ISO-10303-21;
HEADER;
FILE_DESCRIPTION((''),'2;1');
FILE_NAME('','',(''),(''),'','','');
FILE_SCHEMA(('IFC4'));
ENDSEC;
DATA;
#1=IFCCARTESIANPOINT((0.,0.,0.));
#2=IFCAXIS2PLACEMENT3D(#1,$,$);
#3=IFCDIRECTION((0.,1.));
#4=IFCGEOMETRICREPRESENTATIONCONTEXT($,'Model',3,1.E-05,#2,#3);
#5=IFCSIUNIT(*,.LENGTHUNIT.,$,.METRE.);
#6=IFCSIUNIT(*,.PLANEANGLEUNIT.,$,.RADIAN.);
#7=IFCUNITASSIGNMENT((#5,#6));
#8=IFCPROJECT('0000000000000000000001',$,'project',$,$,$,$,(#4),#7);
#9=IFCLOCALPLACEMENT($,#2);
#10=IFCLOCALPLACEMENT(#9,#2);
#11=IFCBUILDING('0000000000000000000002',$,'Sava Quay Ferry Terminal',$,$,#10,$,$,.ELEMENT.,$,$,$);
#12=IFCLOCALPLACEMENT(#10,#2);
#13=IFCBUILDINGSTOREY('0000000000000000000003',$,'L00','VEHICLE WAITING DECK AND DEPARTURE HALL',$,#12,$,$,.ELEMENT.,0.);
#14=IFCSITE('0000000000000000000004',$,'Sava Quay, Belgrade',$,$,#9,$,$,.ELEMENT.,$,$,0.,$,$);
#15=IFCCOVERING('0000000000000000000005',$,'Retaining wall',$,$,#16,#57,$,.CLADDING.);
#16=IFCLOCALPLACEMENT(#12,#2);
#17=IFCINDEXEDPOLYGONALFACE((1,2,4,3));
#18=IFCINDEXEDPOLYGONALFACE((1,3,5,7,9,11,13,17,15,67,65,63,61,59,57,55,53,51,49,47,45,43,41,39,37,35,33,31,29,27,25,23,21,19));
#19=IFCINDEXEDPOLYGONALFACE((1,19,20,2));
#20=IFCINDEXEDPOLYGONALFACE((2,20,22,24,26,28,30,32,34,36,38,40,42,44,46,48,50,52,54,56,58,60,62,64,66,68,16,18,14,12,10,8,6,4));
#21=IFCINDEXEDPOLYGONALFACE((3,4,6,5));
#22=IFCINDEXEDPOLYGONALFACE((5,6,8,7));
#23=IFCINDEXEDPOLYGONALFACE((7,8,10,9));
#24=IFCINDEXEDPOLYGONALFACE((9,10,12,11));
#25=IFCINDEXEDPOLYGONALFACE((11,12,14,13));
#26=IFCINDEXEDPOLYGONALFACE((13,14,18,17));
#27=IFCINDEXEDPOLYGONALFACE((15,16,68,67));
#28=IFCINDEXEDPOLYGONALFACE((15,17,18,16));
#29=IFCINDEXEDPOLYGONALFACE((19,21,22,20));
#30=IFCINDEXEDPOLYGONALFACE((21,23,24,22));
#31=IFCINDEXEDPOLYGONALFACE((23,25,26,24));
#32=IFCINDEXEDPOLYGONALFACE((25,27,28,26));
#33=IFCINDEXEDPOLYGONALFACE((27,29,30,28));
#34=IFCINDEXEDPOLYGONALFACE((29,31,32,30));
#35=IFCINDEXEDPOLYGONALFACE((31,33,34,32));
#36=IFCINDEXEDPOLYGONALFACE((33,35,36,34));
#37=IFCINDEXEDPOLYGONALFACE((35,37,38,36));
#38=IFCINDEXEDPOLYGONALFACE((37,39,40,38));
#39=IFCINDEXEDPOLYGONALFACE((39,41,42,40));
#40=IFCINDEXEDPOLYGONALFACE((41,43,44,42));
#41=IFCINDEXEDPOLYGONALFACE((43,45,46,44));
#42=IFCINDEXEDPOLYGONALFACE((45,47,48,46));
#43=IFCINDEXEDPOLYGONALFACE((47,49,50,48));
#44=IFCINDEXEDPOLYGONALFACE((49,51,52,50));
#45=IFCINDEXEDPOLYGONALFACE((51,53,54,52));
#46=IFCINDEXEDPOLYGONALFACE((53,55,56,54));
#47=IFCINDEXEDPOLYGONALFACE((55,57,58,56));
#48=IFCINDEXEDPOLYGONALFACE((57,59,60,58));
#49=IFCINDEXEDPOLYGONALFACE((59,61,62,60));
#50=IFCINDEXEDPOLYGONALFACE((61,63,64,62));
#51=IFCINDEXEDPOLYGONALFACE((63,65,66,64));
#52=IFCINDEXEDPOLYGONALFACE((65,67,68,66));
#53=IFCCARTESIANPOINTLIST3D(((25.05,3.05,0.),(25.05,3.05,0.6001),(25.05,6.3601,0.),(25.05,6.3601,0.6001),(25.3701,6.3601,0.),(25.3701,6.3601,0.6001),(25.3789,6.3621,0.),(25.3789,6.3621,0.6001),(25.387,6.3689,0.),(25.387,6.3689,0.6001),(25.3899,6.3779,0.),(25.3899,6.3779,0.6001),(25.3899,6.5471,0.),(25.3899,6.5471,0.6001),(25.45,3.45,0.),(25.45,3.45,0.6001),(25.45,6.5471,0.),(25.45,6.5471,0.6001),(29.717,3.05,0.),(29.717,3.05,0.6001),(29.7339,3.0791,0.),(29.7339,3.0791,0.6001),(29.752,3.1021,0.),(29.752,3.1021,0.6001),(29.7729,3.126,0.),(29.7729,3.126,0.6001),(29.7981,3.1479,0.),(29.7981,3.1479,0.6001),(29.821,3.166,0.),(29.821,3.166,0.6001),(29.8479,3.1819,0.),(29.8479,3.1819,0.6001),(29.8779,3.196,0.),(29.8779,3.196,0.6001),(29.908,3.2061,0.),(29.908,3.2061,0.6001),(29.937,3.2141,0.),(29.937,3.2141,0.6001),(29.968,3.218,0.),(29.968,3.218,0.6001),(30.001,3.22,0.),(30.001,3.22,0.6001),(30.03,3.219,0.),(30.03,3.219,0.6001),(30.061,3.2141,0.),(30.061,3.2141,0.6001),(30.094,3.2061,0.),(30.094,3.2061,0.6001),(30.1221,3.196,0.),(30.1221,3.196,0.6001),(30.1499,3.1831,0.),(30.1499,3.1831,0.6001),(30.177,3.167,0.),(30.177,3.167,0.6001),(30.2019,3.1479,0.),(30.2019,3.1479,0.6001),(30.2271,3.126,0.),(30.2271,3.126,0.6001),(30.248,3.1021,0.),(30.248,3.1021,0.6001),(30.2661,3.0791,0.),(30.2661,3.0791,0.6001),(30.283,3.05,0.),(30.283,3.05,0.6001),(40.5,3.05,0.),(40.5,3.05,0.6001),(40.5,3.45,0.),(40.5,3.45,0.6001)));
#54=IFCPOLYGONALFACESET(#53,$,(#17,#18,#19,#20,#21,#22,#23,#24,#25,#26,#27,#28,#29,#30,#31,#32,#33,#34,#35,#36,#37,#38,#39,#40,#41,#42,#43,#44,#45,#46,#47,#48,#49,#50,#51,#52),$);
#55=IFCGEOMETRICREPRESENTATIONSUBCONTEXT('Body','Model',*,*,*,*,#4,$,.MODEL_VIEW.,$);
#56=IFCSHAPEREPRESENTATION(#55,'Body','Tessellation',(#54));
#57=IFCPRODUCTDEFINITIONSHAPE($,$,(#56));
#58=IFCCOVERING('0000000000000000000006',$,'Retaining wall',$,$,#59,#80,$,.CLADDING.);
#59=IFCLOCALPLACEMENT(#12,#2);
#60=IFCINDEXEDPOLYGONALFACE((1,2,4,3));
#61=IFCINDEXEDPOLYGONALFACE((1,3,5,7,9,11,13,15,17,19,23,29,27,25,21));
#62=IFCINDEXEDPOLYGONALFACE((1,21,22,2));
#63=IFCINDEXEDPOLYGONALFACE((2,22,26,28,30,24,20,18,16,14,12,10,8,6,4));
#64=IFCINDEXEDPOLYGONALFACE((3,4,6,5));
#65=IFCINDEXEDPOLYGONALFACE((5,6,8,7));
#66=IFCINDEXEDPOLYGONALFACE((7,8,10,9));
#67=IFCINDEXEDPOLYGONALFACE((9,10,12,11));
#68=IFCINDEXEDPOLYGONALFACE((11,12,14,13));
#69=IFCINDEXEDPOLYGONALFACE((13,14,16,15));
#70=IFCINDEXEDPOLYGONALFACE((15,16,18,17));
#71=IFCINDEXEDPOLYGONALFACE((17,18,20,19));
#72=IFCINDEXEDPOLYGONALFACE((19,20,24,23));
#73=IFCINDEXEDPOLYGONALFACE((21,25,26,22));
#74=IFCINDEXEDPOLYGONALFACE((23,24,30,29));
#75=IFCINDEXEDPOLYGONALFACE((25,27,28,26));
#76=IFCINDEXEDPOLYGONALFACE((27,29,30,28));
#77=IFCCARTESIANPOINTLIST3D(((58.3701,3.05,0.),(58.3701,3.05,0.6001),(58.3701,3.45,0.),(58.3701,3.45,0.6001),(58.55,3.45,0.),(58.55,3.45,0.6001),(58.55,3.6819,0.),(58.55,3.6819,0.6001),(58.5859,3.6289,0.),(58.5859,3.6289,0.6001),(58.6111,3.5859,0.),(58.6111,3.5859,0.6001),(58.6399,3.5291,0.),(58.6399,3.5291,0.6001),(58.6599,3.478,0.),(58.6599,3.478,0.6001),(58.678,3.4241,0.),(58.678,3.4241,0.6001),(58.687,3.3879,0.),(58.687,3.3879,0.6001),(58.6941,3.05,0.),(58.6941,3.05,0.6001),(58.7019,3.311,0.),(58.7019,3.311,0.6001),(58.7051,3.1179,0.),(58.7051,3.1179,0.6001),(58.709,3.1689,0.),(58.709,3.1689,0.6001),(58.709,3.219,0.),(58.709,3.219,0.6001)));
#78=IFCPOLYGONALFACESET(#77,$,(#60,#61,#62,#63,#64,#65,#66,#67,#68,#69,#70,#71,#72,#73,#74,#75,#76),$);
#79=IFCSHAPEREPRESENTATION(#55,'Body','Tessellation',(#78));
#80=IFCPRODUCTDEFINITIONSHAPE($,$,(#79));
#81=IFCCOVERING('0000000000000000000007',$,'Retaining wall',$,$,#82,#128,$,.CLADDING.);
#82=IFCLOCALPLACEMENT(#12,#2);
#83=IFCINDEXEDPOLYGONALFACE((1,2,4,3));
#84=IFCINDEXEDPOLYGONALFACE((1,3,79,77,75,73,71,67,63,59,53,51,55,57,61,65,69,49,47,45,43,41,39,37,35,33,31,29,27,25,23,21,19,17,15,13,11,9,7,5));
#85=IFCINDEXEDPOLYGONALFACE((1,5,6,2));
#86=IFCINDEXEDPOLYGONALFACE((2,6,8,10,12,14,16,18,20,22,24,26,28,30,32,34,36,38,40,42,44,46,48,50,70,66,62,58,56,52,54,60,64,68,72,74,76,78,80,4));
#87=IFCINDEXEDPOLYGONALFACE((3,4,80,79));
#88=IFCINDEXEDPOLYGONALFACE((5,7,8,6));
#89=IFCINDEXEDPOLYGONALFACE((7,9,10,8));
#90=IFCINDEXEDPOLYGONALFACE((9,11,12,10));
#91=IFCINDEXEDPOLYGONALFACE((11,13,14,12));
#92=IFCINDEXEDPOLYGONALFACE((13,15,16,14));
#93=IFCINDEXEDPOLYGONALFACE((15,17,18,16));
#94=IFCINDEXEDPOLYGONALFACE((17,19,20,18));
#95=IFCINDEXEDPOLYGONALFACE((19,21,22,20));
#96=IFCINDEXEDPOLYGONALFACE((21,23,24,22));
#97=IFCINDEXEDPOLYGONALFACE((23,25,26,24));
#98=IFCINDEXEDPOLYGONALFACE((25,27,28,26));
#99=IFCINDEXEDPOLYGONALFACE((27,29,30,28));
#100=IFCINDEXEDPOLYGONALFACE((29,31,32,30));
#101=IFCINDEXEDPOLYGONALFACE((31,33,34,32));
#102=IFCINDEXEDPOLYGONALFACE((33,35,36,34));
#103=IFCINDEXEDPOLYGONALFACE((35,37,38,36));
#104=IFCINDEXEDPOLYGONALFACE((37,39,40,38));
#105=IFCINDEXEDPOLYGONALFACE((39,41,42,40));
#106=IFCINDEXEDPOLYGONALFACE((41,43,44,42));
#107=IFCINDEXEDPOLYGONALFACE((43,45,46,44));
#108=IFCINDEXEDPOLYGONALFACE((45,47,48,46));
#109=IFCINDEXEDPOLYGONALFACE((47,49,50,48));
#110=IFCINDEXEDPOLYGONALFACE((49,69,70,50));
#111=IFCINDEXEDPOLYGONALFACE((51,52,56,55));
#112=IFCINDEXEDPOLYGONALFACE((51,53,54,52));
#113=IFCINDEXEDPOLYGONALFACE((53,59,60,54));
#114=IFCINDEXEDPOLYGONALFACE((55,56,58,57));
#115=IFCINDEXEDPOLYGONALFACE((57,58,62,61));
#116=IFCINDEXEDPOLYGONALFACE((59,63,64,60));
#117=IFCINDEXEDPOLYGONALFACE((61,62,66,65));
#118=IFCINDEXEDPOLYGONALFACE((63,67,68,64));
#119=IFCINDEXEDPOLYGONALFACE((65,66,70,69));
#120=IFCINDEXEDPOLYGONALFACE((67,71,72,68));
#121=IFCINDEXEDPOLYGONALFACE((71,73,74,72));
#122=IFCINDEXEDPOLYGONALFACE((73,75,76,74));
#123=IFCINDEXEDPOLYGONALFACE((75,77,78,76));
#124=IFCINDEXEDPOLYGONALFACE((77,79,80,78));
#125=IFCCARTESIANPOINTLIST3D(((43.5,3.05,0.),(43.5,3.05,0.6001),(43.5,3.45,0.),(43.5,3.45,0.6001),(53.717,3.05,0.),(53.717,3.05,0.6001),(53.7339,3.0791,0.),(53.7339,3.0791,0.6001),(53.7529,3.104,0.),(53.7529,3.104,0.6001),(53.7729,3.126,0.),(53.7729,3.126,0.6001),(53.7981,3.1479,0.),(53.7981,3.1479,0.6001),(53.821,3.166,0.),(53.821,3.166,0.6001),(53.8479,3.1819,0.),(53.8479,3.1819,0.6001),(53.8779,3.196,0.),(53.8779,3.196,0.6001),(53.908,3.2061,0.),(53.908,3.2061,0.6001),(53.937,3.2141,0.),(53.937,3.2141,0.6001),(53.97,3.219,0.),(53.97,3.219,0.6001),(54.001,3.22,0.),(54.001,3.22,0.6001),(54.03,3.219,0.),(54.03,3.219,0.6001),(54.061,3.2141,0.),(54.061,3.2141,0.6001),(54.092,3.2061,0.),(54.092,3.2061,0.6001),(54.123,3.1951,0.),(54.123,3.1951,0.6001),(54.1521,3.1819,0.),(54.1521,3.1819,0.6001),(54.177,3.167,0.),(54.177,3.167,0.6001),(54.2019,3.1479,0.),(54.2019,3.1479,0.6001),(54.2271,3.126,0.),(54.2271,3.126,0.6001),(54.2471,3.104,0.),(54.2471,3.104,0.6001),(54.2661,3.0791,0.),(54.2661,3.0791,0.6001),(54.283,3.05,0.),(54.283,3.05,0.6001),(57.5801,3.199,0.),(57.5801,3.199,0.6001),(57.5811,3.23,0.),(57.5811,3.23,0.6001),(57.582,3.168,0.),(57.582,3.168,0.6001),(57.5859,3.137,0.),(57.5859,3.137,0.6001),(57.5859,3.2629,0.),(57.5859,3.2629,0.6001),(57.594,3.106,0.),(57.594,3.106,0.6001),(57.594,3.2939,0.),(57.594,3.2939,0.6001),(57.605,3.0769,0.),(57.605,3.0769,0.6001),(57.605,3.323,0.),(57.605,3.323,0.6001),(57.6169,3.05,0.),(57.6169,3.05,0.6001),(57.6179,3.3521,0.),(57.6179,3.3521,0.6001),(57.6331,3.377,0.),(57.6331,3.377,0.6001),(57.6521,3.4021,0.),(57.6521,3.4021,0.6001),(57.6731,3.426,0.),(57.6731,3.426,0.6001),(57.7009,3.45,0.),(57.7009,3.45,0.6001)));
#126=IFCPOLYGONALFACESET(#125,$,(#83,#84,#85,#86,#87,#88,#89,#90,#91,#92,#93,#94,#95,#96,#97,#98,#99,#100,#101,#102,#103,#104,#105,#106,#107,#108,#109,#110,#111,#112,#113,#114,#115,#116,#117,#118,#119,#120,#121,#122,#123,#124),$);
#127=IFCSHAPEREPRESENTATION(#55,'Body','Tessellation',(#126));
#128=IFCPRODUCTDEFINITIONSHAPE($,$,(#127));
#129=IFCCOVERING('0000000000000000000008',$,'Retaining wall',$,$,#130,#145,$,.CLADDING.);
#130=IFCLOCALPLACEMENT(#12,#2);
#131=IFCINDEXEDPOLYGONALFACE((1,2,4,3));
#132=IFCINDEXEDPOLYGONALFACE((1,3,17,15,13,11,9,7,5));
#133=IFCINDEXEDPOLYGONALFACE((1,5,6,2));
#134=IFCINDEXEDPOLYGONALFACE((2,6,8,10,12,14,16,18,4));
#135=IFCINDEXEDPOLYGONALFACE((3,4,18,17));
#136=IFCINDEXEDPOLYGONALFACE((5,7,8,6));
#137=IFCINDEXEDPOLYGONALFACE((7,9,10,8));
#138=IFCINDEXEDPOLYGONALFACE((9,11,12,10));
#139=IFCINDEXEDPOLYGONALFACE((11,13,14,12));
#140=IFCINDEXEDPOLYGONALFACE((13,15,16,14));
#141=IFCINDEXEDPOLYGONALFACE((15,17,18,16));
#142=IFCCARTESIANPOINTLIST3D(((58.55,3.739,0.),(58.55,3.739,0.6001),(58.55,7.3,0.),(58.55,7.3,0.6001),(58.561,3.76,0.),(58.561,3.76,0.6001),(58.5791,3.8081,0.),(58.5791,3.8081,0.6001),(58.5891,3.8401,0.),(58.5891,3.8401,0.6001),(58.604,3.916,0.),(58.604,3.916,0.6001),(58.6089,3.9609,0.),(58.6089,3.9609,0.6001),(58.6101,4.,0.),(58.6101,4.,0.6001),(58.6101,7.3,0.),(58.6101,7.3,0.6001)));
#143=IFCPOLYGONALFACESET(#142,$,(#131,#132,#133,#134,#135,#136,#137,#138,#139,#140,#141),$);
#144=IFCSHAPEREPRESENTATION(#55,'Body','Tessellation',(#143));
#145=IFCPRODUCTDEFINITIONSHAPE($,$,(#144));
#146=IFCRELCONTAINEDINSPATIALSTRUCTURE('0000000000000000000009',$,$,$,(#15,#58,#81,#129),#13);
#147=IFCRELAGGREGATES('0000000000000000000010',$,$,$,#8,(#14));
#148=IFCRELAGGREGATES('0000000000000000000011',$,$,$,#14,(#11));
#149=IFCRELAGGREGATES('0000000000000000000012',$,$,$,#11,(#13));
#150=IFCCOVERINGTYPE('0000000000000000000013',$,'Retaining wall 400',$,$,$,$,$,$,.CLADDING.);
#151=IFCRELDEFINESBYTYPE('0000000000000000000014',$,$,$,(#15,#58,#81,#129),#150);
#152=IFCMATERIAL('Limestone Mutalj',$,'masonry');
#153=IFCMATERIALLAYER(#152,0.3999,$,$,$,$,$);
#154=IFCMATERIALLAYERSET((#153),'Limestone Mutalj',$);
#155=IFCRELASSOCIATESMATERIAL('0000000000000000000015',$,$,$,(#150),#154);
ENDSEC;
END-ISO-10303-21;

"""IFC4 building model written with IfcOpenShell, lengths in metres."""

from ifc_helpers import new_model, si_unit, direction, origin, place, context, subcontext, project, spatial, polyline, outline, extrude, material, layer, layer_set, type_object, element, save


model = new_model("IFC4")

# Units and contexts
model_context = context("Model", 3, precision=1e-05, world=origin(), true_north=direction((0.0, 1.0)))
body_context = subcontext(model_context, "Body", "Model", "MODEL_VIEW")
ifc_project = project(units=[si_unit("LENGTHUNIT", "METRE"), si_unit("PLANEANGLEUNIT", "RADIAN")], contexts=[model_context])

# Site, building, storey
site_placement = place(None, origin())
site = spatial("IfcSite", under=ifc_project, at=site_placement, Name="Sava Quay, Belgrade", CompositionType="ELEMENT", RefElevation=0.0)
building_placement = place(site_placement, origin())
building = spatial("IfcBuilding", under=site, at=building_placement, Name="Sava Quay Ferry Terminal", CompositionType="ELEMENT")
storey_placement = place(building_placement, origin())
storey = spatial("IfcBuildingStorey", under=building, at=storey_placement, Name="L00", Description="VEHICLE WAITING DECK AND DEPARTURE HALL", CompositionType="ELEMENT", Elevation=0.0)

# Coverings
ifc_material_1 = material(Name="Limestone Mutalj", Category="masonry")
ifc_layer_1 = layer(ifc_material_1, 0.3999)
ifc_layer_set_1 = layer_set([ifc_layer_1], Name="Limestone Mutalj")
covering_type_1 = type_object("IfcCoveringType", Name="Retaining wall 400", PredefinedType="CLADDING", material=ifc_layer_set_1)
covering_1_placement = place(storey_placement, origin())
element("IfcCovering", 1, at=covering_1_placement, inside=storey, type_object=covering_type_1, Name="Retaining wall", PredefinedType="CLADDING", context=body_context, shape_type="SweptSolid", body=[
    extrude(outline(polyline([(25.45, 3.45), (25.45, 6.5471), (25.3899, 6.5471), (25.3899, 6.3779), (25.387, 6.3689), (25.3789, 6.3621), (25.3701, 6.3601), (25.05, 6.3601), (25.05, 3.05), (29.717, 3.05), (29.7339, 3.0791), (29.752, 3.1021), (29.7729, 3.126), (29.7981, 3.1479), (29.821, 3.166), (29.8479, 3.1819), (29.8779, 3.196), (29.908, 3.2061), (29.937, 3.2141), (29.968, 3.218), (30.001, 3.22), (30.03, 3.219), (30.061, 3.2141), (30.094, 3.2061), (30.1221, 3.196), (30.1499, 3.1831), (30.177, 3.167), (30.2019, 3.1479), (30.2271, 3.126), (30.248, 3.1021), (30.2661, 3.0791), (30.283, 3.05), (40.5, 3.05), (40.5, 3.45), (25.45, 3.45)])), origin(), (0.0, 0.0, 1.0), 0.6001),
])
covering_2_placement = place(storey_placement, origin())
element("IfcCovering", 2, at=covering_2_placement, inside=storey, type_object=covering_type_1, Name="Retaining wall", PredefinedType="CLADDING", context=body_context, shape_type="SweptSolid", body=[
    extrude(outline(polyline([(58.3701, 3.05), (58.6941, 3.05), (58.7051, 3.1179), (58.709, 3.1689), (58.709, 3.219), (58.7019, 3.311), (58.687, 3.3879), (58.678, 3.4241), (58.6599, 3.478), (58.6399, 3.5291), (58.6111, 3.5859), (58.5859, 3.6289), (58.55, 3.6819), (58.55, 3.45), (58.3701, 3.45), (58.3701, 3.05)])), origin(), (0.0, 0.0, 1.0), 0.6001),
])
covering_3_placement = place(storey_placement, origin())
element("IfcCovering", 3, at=covering_3_placement, inside=storey, type_object=covering_type_1, Name="Retaining wall", PredefinedType="CLADDING", context=body_context, shape_type="SweptSolid", body=[
    extrude(outline(polyline([(54.283, 3.05), (57.6169, 3.05), (57.605, 3.0769), (57.594, 3.106), (57.5859, 3.137), (57.582, 3.168), (57.5801, 3.199), (57.5811, 3.23), (57.5859, 3.2629), (57.594, 3.2939), (57.605, 3.323), (57.6179, 3.3521), (57.6331, 3.377), (57.6521, 3.4021), (57.6731, 3.426), (57.7009, 3.45), (43.5, 3.45), (43.5, 3.05), (53.717, 3.05), (53.7339, 3.0791), (53.7529, 3.104), (53.7729, 3.126), (53.7981, 3.1479), (53.821, 3.166), (53.8479, 3.1819), (53.8779, 3.196), (53.908, 3.2061), (53.937, 3.2141), (53.97, 3.219), (54.001, 3.22), (54.03, 3.219), (54.061, 3.2141), (54.092, 3.2061), (54.123, 3.1951), (54.1521, 3.1819), (54.177, 3.167), (54.2019, 3.1479), (54.2271, 3.126), (54.2471, 3.104), (54.2661, 3.0791), (54.283, 3.05)])), origin(), (0.0, 0.0, 1.0), 0.6001),
])
covering_4_placement = place(storey_placement, origin())
element("IfcCovering", 4, at=covering_4_placement, inside=storey, type_object=covering_type_1, Name="Retaining wall", PredefinedType="CLADDING", context=body_context, shape_type="SweptSolid", body=[
    extrude(outline(polyline([(58.55, 7.3), (58.55, 3.739), (58.561, 3.76), (58.5791, 3.8081), (58.5891, 3.8401), (58.604, 3.916), (58.6089, 3.9609), (58.6101, 4.0), (58.6101, 7.3), (58.55, 7.3)])), origin(), (0.0, 0.0, 1.0), 0.6001),
])

save(model, "model.ifc")
